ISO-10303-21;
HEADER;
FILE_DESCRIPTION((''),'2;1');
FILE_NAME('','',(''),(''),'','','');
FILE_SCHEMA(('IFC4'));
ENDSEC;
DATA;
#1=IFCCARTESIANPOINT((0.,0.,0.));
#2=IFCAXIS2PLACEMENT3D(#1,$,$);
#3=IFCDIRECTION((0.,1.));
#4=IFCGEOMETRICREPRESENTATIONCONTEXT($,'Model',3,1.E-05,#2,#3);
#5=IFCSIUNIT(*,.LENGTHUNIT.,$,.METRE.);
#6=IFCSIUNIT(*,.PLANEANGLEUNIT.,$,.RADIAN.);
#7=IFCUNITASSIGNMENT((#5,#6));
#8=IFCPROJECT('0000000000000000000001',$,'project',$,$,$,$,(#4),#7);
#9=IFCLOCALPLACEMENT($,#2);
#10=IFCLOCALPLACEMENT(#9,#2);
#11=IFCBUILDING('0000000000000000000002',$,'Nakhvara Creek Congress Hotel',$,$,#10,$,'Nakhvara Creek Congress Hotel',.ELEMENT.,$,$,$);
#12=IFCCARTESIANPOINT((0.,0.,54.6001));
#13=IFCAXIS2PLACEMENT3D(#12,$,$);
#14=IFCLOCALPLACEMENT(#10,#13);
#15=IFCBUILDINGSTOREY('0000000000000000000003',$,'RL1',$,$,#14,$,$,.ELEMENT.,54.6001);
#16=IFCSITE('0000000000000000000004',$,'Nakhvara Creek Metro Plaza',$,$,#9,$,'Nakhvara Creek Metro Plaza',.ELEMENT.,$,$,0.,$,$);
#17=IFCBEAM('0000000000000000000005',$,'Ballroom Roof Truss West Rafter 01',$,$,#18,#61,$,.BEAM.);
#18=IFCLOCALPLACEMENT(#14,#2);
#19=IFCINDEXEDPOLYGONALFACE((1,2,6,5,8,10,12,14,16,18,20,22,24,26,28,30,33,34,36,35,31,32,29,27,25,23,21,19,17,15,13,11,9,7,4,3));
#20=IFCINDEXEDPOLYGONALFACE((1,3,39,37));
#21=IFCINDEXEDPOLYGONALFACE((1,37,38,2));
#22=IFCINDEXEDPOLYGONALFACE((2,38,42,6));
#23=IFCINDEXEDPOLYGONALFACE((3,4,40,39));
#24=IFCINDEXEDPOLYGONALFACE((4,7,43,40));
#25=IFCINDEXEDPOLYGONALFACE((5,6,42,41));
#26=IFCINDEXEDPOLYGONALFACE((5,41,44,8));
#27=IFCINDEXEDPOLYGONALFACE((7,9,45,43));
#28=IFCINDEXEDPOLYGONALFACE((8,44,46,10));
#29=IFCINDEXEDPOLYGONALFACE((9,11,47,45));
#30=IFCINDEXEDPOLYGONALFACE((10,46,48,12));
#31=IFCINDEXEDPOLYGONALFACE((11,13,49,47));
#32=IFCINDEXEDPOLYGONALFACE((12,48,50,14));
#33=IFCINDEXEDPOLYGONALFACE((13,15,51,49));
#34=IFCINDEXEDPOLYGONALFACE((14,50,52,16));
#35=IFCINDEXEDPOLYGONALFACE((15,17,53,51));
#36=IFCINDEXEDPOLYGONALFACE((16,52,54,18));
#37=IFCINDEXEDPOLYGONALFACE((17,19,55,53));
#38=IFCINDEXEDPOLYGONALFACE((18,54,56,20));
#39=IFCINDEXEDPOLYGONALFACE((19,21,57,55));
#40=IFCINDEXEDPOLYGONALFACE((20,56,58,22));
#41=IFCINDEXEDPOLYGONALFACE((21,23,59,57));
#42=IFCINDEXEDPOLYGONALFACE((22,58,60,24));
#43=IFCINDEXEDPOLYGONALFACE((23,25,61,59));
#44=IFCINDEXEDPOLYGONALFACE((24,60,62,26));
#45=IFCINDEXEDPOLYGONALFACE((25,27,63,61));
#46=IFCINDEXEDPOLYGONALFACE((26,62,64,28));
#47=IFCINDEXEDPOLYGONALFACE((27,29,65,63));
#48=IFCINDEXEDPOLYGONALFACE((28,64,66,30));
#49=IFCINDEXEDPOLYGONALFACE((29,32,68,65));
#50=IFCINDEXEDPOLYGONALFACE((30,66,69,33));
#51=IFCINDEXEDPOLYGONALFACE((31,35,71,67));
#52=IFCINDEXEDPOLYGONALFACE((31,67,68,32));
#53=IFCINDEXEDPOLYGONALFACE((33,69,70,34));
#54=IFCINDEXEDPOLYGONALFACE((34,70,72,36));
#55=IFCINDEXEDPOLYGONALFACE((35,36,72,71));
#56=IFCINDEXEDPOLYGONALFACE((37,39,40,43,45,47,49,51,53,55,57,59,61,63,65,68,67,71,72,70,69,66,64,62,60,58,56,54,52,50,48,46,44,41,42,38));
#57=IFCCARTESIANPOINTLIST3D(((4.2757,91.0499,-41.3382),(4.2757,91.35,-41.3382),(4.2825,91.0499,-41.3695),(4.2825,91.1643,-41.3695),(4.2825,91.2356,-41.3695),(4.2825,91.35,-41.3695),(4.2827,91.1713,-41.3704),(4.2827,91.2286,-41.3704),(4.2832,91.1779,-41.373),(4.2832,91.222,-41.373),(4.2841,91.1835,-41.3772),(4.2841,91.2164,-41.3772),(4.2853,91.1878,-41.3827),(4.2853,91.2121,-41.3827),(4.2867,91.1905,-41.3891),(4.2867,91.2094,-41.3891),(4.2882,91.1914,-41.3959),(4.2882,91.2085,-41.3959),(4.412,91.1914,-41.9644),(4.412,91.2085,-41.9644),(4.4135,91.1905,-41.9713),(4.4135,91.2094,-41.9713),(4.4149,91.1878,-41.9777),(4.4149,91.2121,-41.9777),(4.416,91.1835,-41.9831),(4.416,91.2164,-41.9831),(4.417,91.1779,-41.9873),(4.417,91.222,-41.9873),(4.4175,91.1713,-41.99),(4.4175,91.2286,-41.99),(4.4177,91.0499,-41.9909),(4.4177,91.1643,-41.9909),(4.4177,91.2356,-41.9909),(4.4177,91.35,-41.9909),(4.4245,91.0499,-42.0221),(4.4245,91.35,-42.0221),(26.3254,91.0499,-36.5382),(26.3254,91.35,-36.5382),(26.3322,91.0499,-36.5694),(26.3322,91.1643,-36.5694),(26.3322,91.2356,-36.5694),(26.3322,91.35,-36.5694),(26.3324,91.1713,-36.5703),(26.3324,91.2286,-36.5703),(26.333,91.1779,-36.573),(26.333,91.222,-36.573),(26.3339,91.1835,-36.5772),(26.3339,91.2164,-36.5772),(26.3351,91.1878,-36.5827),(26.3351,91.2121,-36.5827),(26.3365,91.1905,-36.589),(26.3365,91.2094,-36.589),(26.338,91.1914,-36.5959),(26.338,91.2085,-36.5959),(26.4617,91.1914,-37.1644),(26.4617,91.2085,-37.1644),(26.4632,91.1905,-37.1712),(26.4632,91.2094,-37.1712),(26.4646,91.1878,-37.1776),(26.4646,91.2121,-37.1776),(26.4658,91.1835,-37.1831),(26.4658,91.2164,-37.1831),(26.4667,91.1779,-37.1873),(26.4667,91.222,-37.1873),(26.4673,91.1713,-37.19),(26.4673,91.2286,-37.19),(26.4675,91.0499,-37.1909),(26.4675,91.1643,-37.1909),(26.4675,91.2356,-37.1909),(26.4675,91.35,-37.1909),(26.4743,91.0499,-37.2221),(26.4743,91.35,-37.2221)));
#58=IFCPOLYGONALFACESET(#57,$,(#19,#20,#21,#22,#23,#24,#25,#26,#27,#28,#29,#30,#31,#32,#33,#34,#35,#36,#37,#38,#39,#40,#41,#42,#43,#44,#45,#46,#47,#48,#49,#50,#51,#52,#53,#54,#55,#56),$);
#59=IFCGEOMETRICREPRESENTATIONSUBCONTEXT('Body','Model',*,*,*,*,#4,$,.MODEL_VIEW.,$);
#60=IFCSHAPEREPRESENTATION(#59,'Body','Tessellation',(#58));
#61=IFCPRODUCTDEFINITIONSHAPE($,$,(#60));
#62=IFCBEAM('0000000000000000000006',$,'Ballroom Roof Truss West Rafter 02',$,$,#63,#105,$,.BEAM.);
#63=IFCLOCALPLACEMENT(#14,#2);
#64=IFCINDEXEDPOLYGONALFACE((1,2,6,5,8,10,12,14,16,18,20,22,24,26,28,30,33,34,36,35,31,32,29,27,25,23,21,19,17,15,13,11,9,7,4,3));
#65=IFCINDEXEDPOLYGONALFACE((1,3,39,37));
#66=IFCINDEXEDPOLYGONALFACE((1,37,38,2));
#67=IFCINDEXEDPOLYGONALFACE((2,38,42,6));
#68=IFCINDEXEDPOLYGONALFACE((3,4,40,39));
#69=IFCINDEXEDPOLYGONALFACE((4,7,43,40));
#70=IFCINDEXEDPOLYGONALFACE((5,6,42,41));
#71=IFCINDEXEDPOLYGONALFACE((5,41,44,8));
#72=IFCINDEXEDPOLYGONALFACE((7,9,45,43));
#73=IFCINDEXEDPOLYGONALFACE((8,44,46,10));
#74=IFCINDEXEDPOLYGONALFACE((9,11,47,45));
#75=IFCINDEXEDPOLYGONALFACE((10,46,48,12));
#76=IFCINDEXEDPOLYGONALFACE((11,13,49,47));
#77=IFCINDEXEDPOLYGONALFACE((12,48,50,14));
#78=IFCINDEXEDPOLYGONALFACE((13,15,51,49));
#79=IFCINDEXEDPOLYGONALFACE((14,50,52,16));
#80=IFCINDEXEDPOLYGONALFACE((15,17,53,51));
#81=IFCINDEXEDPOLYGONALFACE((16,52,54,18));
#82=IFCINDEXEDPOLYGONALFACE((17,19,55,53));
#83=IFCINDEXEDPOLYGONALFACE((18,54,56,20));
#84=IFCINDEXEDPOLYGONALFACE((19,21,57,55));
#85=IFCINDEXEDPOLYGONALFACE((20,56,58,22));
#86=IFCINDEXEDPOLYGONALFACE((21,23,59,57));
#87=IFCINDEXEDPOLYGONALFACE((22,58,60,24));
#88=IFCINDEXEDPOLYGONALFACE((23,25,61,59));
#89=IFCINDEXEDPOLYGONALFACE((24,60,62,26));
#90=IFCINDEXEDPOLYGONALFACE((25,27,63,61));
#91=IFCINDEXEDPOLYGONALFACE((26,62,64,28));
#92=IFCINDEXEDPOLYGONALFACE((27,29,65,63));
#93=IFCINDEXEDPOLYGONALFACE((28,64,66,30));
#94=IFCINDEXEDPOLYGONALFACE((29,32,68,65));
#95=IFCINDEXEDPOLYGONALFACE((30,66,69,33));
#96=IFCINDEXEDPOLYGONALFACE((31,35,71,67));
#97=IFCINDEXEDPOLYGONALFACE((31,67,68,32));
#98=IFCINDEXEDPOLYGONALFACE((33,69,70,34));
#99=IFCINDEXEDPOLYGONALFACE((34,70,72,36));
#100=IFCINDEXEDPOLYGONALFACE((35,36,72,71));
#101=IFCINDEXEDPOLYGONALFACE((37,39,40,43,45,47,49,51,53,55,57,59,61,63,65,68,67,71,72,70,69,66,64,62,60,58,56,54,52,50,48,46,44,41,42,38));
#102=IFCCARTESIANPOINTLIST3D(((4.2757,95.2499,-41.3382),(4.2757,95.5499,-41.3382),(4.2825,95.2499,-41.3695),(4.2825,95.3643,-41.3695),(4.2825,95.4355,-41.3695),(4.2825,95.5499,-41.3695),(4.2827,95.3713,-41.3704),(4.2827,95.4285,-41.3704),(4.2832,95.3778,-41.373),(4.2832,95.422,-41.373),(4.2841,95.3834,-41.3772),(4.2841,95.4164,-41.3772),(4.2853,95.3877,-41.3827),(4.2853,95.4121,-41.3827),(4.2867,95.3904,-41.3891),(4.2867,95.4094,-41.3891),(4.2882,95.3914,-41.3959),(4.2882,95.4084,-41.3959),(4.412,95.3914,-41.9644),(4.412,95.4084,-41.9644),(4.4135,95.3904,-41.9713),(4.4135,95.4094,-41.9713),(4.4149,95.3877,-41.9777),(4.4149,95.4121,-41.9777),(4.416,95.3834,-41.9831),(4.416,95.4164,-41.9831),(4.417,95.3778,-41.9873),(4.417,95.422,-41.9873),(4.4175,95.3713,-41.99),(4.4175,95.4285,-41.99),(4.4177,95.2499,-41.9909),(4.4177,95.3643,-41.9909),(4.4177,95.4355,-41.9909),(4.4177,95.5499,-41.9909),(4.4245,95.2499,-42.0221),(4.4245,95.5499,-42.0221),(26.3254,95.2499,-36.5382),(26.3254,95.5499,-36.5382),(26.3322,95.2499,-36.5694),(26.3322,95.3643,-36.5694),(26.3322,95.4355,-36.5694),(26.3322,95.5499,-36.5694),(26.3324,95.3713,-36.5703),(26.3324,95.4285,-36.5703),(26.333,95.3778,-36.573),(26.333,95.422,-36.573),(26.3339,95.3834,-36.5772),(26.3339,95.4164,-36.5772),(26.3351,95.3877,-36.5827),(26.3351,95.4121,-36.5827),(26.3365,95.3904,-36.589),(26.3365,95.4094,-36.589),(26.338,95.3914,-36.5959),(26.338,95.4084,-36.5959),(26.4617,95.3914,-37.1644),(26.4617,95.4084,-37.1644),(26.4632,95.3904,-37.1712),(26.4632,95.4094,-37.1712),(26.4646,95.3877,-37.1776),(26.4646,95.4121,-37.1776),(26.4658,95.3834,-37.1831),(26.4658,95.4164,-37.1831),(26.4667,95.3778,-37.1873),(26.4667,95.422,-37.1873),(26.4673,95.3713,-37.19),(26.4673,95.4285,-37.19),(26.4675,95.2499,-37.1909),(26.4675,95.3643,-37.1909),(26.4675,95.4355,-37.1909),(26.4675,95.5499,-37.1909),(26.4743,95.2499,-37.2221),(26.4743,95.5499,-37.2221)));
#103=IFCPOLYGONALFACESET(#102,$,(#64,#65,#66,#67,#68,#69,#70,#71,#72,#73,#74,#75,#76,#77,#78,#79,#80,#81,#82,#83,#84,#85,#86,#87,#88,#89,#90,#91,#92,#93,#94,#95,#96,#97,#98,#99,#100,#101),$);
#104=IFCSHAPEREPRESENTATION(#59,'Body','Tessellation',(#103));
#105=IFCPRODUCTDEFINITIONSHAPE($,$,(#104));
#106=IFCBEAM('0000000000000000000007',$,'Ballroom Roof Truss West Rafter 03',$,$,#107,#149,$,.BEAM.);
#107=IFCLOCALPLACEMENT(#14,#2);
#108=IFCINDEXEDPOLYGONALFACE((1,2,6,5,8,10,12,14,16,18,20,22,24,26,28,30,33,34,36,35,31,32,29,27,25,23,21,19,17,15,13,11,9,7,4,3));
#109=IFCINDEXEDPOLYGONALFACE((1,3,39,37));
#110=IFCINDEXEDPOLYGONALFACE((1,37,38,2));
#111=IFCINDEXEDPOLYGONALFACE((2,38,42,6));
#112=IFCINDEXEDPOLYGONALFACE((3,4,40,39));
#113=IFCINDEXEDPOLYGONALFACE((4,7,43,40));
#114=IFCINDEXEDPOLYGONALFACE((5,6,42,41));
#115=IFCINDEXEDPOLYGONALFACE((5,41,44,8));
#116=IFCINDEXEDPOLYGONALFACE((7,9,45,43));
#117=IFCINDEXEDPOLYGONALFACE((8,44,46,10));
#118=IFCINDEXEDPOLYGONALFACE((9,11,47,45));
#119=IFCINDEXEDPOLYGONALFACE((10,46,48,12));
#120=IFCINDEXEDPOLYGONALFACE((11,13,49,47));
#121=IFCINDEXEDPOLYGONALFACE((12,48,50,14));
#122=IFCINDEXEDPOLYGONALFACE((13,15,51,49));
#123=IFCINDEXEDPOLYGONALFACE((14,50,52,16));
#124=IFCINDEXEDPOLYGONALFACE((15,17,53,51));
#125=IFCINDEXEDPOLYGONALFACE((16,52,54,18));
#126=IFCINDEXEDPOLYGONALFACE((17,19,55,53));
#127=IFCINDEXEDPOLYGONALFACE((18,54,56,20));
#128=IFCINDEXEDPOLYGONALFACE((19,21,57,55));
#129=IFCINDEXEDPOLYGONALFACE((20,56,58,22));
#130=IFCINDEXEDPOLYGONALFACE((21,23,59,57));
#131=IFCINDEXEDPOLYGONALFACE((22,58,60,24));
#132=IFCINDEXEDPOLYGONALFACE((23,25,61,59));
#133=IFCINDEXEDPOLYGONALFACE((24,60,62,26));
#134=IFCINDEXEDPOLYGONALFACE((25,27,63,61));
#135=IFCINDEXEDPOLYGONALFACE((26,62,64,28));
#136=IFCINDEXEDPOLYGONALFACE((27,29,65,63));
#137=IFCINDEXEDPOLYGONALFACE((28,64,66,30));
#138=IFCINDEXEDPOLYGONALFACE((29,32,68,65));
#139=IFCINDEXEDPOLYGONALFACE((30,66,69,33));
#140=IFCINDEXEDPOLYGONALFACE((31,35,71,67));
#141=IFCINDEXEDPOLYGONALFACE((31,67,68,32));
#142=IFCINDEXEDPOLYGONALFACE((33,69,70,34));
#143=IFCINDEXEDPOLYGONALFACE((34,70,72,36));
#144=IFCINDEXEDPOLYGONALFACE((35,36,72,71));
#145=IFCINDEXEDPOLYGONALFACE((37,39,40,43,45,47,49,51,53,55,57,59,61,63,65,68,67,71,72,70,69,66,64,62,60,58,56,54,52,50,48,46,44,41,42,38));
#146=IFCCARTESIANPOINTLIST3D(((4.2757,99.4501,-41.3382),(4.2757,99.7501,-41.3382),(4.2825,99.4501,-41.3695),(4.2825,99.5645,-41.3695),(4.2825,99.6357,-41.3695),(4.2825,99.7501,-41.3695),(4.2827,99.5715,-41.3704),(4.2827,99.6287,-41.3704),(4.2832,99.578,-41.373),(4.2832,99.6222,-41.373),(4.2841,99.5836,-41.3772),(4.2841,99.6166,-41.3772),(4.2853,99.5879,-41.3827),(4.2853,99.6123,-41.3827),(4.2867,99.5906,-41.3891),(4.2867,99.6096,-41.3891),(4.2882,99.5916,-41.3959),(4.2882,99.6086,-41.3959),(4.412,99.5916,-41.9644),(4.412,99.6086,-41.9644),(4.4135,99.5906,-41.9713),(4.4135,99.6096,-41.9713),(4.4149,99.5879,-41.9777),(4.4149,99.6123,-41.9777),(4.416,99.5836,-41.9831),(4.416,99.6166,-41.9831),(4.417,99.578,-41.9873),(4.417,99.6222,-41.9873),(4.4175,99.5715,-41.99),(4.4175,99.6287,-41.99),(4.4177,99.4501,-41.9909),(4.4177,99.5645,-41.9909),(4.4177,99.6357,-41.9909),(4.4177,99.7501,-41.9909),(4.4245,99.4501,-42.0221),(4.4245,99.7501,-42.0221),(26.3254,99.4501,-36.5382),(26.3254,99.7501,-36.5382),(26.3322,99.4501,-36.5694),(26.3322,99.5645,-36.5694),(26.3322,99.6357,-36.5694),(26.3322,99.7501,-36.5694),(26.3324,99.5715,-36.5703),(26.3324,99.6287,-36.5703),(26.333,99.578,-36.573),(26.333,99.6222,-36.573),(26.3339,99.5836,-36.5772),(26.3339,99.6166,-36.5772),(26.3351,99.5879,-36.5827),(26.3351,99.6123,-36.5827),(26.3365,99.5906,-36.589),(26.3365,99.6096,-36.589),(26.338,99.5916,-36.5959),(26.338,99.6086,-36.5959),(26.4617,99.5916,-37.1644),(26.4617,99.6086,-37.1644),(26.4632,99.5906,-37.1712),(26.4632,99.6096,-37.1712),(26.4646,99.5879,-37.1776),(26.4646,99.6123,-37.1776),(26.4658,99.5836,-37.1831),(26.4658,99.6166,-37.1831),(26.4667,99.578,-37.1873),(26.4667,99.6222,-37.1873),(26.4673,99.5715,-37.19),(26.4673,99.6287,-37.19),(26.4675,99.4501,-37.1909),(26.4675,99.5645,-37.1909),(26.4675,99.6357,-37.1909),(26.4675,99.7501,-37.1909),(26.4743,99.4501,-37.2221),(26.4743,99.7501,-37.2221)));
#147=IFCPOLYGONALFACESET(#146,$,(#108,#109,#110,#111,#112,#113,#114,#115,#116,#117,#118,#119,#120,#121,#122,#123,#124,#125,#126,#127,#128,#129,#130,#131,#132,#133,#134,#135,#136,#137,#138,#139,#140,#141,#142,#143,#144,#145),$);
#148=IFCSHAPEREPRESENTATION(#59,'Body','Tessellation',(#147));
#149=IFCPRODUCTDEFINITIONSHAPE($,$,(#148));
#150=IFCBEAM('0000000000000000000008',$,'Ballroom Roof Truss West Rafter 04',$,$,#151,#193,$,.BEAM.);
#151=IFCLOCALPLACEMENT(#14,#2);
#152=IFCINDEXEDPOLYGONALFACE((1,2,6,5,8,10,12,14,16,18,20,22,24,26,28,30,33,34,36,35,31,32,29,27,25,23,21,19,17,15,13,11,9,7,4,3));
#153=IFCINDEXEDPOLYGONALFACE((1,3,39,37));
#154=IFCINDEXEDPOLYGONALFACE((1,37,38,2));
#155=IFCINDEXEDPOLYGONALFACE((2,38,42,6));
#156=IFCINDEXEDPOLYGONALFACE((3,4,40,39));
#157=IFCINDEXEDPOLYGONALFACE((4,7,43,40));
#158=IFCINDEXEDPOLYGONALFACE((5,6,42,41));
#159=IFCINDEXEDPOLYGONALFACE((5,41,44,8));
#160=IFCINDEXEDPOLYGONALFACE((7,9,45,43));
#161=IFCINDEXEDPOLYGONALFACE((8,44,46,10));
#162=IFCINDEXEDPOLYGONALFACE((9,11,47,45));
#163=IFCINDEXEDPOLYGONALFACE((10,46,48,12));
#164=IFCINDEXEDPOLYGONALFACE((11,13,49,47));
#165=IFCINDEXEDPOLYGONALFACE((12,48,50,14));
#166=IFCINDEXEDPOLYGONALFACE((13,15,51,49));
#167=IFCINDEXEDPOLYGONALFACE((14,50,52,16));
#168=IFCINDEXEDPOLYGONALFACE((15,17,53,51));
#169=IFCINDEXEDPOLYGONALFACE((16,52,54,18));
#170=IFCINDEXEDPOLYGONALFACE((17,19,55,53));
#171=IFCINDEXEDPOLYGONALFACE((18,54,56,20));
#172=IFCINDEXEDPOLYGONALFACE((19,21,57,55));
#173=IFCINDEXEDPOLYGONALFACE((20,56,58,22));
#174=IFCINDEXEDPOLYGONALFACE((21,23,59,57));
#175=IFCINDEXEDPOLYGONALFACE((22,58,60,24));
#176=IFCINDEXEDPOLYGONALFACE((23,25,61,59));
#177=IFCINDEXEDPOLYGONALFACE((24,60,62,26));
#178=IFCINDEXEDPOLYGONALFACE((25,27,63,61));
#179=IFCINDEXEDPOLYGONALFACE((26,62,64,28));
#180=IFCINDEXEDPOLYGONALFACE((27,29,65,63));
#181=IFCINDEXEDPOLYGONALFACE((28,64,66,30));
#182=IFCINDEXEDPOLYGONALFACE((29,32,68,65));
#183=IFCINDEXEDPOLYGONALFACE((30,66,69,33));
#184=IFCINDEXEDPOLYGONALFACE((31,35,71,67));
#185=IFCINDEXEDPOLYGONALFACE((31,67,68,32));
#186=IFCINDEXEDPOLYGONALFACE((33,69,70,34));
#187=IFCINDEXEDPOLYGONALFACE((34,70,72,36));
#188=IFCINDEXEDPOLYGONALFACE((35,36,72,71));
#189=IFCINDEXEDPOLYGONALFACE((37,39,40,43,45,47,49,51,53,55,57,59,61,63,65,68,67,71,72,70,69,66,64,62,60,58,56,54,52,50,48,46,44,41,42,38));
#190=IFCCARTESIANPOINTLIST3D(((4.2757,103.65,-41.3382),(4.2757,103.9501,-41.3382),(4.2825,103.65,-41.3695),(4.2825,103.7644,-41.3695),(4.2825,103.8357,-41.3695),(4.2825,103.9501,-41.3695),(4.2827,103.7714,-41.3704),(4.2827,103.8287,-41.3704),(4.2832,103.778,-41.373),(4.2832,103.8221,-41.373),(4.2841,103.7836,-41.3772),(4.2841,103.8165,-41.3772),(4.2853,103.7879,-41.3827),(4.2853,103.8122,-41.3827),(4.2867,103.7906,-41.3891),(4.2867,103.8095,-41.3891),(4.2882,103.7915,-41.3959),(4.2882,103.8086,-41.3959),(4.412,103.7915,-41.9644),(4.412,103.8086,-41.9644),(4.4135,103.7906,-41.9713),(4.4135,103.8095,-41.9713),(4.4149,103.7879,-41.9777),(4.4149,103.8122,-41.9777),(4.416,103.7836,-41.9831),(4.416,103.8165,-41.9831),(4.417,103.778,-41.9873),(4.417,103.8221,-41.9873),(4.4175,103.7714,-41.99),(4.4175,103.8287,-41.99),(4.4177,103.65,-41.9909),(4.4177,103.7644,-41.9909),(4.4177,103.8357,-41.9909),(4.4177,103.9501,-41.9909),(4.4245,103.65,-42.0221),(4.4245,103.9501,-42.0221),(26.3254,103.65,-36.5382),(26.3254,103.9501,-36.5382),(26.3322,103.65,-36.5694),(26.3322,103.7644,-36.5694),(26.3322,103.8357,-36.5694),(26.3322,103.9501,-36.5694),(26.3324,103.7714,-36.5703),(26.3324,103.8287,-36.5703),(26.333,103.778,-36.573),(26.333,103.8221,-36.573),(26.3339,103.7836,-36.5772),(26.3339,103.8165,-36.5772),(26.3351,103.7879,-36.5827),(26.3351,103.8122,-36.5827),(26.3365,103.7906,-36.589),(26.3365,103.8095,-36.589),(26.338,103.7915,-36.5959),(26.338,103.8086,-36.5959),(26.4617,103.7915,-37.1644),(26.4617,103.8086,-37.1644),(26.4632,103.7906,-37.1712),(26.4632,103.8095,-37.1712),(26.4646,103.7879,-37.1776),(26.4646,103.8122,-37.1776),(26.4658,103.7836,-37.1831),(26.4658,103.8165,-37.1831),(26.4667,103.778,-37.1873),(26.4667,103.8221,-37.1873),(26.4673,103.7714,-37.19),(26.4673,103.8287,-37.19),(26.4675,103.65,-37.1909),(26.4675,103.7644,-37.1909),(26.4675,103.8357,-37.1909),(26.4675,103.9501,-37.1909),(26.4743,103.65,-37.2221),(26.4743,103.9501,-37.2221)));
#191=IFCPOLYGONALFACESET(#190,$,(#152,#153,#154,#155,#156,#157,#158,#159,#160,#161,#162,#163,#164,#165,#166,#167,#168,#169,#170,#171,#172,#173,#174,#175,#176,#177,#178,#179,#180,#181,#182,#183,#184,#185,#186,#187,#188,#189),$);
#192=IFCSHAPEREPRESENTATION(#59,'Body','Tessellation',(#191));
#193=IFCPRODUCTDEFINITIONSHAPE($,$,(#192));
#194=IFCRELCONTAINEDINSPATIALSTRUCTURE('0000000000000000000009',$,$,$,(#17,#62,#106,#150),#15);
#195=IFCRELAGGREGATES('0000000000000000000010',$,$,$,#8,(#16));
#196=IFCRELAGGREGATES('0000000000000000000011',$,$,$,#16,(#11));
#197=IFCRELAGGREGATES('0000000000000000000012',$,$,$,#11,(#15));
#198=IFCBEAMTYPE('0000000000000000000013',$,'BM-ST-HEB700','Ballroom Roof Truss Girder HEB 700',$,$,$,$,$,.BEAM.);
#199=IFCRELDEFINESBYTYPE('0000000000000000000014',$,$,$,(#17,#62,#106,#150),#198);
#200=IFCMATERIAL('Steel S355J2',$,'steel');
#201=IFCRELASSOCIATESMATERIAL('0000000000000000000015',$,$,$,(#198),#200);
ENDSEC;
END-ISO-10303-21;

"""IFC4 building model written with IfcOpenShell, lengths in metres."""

from ifc_helpers import new_model, si_unit, direction, frame, origin, origin_2d, place, context, subcontext, project, spatial, i_section, extrude, material, material_profile, profile_set, type_object, element, save


model = new_model("IFC4")

# Units and contexts
model_context = context("Model", 3, precision=1e-05, world=origin(), true_north=direction((0.0, 1.0)))
body_context = subcontext(model_context, "Body", "Model", "MODEL_VIEW")
ifc_project = project(units=[si_unit("LENGTHUNIT", "METRE"), si_unit("PLANEANGLEUNIT", "RADIAN")], contexts=[model_context])

# Site, building, storey
site_placement = place(None, origin())
site = spatial("IfcSite", under=ifc_project, at=site_placement, Name="Nakhvara Creek Metro Plaza", LongName="Nakhvara Creek Metro Plaza", CompositionType="ELEMENT", RefElevation=0.0)
building_placement = place(site_placement, origin())
building = spatial("IfcBuilding", under=site, at=building_placement, Name="Nakhvara Creek Congress Hotel", LongName="Nakhvara Creek Congress Hotel", CompositionType="ELEMENT")
storey_placement = place(building_placement, frame((0.0, 0.0, 54.6001)))
storey = spatial("IfcBuildingStorey", under=building, at=storey_placement, Name="RL1", CompositionType="ELEMENT", Elevation=54.6001)

# Beams
ifc_material_1 = material(Name="Steel S355J2", Category="steel")
ifc_material_profile_1 = material_profile(ifc_material_1, i_section(OverallWidth=0.3, OverallDepth=0.7, WebThickness=0.0171, FlangeThickness=0.032, FilletRadius=0.0271, at=origin_2d()), Name="HEB 700", Category="LoadBearing")
ifc_profile_set_1 = profile_set([ifc_material_profile_1], Name="Steel S355J2")
beam_type = type_object("IfcBeamType", Name="BM-ST-HEB700", Description="Ballroom Roof Truss Girder HEB 700", PredefinedType="BEAM", material=ifc_profile_set_1)
for number, where, z_axis, x_axis, name in (
    (1, (4.3501, 91.2, -41.6802), (0.977115, 0.0, 0.212709), (0.0, 1.0, 0.0), "Ballroom Roof Truss West Rafter 01"),
    (2, (4.3501, 95.3999, -41.6802), (0.977115, 0.0, 0.212709), (0.0, 1.0, 0.0), "Ballroom Roof Truss West Rafter 02"),
    (3, (4.3501, 99.6001, -41.6802), (0.977115, 0.0, 0.212709), (0.0, 1.0, 0.0), "Ballroom Roof Truss West Rafter 03"),
    (4, (4.3501, 103.8, -41.6802), (0.977115, 0.0, 0.212709), (0.0, 1.0, 0.0), "Ballroom Roof Truss West Rafter 04"),
):
    element("IfcBeam", number, at=place(storey_placement, frame(where, z_axis=z_axis, x_axis=x_axis)), inside=storey, type_object=beam_type, Name=name, PredefinedType="BEAM", context=body_context, shape_type="SweptSolid", body=[
        extrude(i_section(OverallWidth=0.3, OverallDepth=0.7, WebThickness=0.0171, FlangeThickness=0.032, FilletRadius=0.0271, at=origin_2d()), origin(), (0.0, 0.0, 1.0), 22.5662),
    ])

save(model, "model.ifc")
